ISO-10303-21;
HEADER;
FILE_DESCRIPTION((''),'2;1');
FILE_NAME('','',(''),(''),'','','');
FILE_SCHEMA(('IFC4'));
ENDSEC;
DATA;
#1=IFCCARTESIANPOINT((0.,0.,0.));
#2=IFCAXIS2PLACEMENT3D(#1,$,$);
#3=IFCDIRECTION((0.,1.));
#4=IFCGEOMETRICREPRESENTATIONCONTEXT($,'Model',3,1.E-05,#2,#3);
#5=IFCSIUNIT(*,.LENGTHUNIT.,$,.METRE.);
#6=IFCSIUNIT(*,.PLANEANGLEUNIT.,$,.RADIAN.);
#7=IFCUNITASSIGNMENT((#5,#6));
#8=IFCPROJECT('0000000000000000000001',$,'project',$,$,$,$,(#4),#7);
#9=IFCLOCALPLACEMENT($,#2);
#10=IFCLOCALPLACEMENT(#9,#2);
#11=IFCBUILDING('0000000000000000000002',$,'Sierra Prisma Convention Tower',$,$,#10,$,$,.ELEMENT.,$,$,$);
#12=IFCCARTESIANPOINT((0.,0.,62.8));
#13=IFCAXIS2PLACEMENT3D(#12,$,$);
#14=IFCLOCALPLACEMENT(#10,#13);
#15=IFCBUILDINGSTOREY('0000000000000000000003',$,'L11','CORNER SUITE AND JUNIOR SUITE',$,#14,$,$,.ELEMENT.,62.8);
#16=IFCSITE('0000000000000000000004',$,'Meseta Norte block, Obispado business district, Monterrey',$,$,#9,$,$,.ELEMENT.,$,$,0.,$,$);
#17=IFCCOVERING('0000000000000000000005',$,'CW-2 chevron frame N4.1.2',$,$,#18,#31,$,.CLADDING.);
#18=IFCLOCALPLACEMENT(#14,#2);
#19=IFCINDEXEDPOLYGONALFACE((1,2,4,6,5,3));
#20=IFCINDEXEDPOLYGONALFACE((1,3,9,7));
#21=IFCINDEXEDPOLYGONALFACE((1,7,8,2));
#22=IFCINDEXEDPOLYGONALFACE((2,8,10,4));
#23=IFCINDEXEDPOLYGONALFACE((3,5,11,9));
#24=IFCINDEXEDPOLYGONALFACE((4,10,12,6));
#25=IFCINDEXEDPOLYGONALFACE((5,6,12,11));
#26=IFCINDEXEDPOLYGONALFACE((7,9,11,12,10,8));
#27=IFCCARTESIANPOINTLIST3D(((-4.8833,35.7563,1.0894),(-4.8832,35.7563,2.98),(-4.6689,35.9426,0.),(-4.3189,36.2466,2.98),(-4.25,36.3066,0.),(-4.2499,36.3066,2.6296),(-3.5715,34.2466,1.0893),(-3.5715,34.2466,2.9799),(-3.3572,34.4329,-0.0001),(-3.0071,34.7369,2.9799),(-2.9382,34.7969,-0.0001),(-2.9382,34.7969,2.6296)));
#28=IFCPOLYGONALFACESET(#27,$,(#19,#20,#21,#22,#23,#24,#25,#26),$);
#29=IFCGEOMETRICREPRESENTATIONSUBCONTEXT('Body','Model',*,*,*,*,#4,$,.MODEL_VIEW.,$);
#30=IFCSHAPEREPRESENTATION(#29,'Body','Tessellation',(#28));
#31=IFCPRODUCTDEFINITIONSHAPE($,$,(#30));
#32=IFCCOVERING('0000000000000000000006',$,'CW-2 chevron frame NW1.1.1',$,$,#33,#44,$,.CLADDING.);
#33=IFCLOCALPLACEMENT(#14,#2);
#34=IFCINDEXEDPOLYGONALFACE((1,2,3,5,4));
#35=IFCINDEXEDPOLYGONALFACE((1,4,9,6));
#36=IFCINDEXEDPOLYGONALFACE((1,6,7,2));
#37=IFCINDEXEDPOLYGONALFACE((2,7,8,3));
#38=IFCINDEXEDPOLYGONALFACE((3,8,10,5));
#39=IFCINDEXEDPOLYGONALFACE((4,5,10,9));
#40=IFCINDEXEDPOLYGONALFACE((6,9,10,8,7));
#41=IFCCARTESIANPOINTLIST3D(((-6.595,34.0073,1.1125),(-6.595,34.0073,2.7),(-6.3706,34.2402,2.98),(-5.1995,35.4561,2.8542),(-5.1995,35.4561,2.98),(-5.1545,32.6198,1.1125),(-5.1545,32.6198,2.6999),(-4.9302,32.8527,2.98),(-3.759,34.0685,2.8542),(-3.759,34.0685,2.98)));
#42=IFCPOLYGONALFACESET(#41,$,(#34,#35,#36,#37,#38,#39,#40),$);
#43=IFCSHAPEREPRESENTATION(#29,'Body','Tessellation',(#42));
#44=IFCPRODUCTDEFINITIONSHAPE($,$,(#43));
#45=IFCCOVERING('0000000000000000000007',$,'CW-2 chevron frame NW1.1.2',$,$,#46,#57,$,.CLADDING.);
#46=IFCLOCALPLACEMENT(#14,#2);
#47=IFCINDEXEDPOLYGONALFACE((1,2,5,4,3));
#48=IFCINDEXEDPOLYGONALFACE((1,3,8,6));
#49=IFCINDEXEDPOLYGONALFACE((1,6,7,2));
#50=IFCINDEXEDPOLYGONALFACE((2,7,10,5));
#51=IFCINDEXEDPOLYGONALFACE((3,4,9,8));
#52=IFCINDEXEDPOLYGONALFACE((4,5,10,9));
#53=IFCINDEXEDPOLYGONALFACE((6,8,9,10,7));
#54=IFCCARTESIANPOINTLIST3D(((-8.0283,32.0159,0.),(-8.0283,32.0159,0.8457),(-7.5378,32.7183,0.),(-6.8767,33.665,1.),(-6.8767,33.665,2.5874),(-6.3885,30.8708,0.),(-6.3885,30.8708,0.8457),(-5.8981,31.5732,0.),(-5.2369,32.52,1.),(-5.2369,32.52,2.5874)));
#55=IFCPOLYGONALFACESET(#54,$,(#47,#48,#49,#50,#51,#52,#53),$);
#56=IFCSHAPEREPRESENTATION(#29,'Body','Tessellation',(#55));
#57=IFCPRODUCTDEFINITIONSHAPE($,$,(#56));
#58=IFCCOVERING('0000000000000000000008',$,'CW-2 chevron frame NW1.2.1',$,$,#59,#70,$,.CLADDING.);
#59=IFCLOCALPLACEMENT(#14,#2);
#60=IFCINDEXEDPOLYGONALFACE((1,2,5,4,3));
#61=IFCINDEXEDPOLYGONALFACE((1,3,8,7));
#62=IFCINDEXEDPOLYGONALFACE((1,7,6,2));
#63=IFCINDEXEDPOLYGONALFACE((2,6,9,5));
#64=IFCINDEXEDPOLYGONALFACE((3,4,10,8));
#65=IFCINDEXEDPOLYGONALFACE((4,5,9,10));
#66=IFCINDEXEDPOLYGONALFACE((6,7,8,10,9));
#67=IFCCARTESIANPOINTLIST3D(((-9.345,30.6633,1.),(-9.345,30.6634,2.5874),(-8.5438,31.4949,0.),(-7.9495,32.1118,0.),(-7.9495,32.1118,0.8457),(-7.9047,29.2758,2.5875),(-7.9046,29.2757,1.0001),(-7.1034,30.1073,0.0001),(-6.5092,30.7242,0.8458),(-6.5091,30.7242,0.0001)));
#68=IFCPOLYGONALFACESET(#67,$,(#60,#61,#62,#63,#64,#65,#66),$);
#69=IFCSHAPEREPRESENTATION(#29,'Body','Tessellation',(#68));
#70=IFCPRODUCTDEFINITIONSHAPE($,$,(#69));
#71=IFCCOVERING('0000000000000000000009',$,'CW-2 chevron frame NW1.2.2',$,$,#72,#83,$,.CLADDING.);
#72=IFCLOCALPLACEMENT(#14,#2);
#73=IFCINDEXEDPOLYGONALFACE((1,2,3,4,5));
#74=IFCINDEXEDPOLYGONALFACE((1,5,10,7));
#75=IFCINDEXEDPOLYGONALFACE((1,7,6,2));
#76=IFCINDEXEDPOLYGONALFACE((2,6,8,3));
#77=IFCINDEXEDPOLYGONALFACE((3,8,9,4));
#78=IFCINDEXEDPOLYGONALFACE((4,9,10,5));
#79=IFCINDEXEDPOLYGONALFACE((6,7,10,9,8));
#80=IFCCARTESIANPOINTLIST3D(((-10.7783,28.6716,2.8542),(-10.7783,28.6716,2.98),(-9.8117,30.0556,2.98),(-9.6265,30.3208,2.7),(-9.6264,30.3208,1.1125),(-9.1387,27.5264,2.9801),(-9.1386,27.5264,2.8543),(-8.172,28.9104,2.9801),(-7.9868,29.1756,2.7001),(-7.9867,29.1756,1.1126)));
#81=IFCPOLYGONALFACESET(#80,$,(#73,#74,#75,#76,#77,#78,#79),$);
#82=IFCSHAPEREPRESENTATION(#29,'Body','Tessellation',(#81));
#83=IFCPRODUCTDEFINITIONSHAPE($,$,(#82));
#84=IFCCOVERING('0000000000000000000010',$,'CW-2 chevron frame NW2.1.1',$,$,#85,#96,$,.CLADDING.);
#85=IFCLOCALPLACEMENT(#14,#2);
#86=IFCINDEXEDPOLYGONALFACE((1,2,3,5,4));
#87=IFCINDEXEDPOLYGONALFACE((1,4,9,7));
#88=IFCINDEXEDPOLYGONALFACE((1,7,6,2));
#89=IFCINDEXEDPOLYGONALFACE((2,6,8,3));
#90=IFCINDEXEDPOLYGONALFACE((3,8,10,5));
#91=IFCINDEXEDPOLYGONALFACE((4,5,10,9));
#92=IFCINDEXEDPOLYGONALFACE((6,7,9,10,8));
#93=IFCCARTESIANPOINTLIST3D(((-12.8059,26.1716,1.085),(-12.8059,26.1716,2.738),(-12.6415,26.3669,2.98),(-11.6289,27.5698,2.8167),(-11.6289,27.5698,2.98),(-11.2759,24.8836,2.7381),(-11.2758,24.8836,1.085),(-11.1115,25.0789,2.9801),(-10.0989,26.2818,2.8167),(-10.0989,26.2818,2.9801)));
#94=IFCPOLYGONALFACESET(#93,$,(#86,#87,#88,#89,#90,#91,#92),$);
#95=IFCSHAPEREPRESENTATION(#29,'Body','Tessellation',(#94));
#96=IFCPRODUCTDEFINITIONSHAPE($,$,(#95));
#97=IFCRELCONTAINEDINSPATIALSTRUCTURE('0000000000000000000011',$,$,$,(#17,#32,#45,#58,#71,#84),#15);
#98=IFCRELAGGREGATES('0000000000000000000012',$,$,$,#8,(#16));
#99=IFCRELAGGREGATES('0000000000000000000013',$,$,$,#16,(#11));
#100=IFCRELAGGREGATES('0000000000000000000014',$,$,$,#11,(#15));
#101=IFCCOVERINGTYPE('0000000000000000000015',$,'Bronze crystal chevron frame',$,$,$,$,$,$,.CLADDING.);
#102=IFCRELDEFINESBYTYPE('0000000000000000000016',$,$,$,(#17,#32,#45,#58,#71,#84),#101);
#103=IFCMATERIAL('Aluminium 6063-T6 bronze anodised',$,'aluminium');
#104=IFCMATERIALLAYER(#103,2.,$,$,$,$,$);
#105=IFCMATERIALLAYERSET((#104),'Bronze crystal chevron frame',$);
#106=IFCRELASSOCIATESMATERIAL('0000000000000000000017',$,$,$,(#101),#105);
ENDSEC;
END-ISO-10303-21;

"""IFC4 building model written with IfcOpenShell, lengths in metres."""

from ifc_helpers import new_model, si_unit, direction, frame, origin, place, context, subcontext, project, spatial, polyline, outline, extrude, material, layer, layer_set, type_object, element, save


model = new_model("IFC4")

# Units and contexts
model_context = context("Model", 3, precision=1e-05, world=origin(), true_north=direction((0.0, 1.0)))
body_context = subcontext(model_context, "Body", "Model", "MODEL_VIEW")
ifc_project = project(units=[si_unit("LENGTHUNIT", "METRE"), si_unit("PLANEANGLEUNIT", "RADIAN")], contexts=[model_context])

# Site, building, storey
site_placement = place(None, origin())
site = spatial("IfcSite", under=ifc_project, at=site_placement, Name="Meseta Norte block, Obispado business district, Monterrey", CompositionType="ELEMENT", RefElevation=0.0)
building_placement = place(site_placement, origin())
building = spatial("IfcBuilding", under=site, at=building_placement, Name="Sierra Prisma Convention Tower", CompositionType="ELEMENT")
storey_placement = place(building_placement, frame((0.0, 0.0, 62.8)))
storey = spatial("IfcBuildingStorey", under=building, at=storey_placement, Name="L11", Description="CORNER SUITE AND JUNIOR SUITE", CompositionType="ELEMENT", Elevation=62.8)

# Coverings
ifc_material_1 = material(Name="Aluminium 6063-T6 bronze anodised", Category="aluminium")
ifc_layer_1 = layer(ifc_material_1, 2.0)
ifc_layer_set_1 = layer_set([ifc_layer_1], Name="Bronze crystal chevron frame")
covering_type = type_object("IfcCoveringType", Name="Bronze crystal chevron frame", PredefinedType="CLADDING", material=ifc_layer_set_1)
covering_1_placement = place(storey_placement, frame((-4.25, 36.3066, 0.0), z_axis=(-0.655892, 0.754855, 0.000035), x_axis=(-0.754855, -0.655892, 0.0)))
element("IfcCovering", 1, at=covering_1_placement, inside=storey, type_object=covering_type, Name="CW-2 chevron frame N4.1.2", PredefinedType="CLADDING", context=body_context, shape_type="SweptSolid", body=[
    extrude(outline(polyline([(0.0, 0.0), (0.555, 0.0), (0.839, 1.0894), (0.839, 2.98), (0.0914, 2.98), (0.0, 2.6296), (0.0, 0.0)])), origin(), (0.0, 0.0, -1.0), 2.0),
])
covering_2_placement = place(storey_placement, frame((-5.1995, 35.4561, 2.98), z_axis=(-0.720213, 0.693753, 0.000004), x_axis=(-0.000003, 0.000003, -1.0)))
element("IfcCovering", 2, at=covering_2_placement, inside=storey, type_object=covering_type, Name="CW-2 chevron frame NW1.1.1", PredefinedType="CLADDING", context=body_context, shape_type="SweptSolid", body=[
    extrude(outline(polyline([(0.0, 0.0), (0.1257, 0.0), (1.8674, 2.0115), (0.28, 2.0115), (0.0, 1.6881), (0.0, 0.0)])), origin(), (0.0, 0.0, -1.0), 2.0),
])
covering_3_placement = place(storey_placement, frame((-6.8767, 33.665, 2.5874), z_axis=(-0.819887, 0.572525, 0.0), x_axis=(0.0, 0.0, -1.0)))
element("IfcCovering", 3, at=covering_3_placement, inside=storey, type_object=covering_type, Name="CW-2 chevron frame NW1.1.2", PredefinedType="CLADDING", context=body_context, shape_type="SweptSolid", body=[
    extrude(outline(polyline([(0.0, 0.0), (1.5874, 0.0), (2.5874, 1.1548), (2.5874, 2.0115), (1.7417, 2.0115), (0.0, 0.0)])), origin(), (0.0, 0.0, -1.0), 2.0),
])
covering_4_placement = place(storey_placement, frame((-7.9495, 32.1118, 0.0), z_axis=(-0.720166, 0.693802, -0.000035), x_axis=(-0.693802, -0.720166, 0.0)))
element("IfcCovering", 4, at=covering_4_placement, inside=storey, type_object=covering_type, Name="CW-2 chevron frame NW1.2.1", PredefinedType="CLADDING", context=body_context, shape_type="SweptSolid", body=[
    extrude(outline(polyline([(0.0, 0.0), (0.8566, 0.0), (2.0114, 1.0), (2.0114, 2.5874), (0.0, 0.8457), (0.0, 0.0)])), origin(), (0.0, 0.0, -1.0), 2.0),
])
covering_5_placement = place(storey_placement, frame((-10.7783, 28.6716, 2.98), z_axis=(-0.819834, 0.572601, -0.00005), x_axis=(0.572601, 0.819834, 0.0)))
element("IfcCovering", 5, at=covering_5_placement, inside=storey, type_object=covering_type, Name="CW-2 chevron frame NW1.2.2", PredefinedType="CLADDING", context=body_context, shape_type="SweptSolid", body=[
    extrude(outline(polyline([(0.0, 0.0), (1.6881, 0.0), (2.0116, 0.28), (2.0116, 1.8674), (0.0, 0.1257), (0.0, 0.0)])), origin(), (0.0, 0.0, -1.0), 2.0),
])
covering_6_placement = place(storey_placement, frame((-11.6289, 27.5698, 2.98), z_axis=(-0.765022, 0.644004, -0.000041), x_axis=(0.000031, -0.000026, -1.0)))
element("IfcCovering", 6, at=covering_6_placement, inside=storey, type_object=covering_type, Name="CW-2 chevron frame NW2.1.1", PredefinedType="CLADDING", context=body_context, shape_type="SweptSolid", body=[
    extrude(outline(polyline([(0.0, 0.0), (0.1633, 0.0), (1.895, 1.8276), (0.2419, 1.8276), (0.0, 1.5724), (0.0, 0.0)])), origin(), (0.0, 0.0, -1.0), 2.0),
])

save(model, "model.ifc")
